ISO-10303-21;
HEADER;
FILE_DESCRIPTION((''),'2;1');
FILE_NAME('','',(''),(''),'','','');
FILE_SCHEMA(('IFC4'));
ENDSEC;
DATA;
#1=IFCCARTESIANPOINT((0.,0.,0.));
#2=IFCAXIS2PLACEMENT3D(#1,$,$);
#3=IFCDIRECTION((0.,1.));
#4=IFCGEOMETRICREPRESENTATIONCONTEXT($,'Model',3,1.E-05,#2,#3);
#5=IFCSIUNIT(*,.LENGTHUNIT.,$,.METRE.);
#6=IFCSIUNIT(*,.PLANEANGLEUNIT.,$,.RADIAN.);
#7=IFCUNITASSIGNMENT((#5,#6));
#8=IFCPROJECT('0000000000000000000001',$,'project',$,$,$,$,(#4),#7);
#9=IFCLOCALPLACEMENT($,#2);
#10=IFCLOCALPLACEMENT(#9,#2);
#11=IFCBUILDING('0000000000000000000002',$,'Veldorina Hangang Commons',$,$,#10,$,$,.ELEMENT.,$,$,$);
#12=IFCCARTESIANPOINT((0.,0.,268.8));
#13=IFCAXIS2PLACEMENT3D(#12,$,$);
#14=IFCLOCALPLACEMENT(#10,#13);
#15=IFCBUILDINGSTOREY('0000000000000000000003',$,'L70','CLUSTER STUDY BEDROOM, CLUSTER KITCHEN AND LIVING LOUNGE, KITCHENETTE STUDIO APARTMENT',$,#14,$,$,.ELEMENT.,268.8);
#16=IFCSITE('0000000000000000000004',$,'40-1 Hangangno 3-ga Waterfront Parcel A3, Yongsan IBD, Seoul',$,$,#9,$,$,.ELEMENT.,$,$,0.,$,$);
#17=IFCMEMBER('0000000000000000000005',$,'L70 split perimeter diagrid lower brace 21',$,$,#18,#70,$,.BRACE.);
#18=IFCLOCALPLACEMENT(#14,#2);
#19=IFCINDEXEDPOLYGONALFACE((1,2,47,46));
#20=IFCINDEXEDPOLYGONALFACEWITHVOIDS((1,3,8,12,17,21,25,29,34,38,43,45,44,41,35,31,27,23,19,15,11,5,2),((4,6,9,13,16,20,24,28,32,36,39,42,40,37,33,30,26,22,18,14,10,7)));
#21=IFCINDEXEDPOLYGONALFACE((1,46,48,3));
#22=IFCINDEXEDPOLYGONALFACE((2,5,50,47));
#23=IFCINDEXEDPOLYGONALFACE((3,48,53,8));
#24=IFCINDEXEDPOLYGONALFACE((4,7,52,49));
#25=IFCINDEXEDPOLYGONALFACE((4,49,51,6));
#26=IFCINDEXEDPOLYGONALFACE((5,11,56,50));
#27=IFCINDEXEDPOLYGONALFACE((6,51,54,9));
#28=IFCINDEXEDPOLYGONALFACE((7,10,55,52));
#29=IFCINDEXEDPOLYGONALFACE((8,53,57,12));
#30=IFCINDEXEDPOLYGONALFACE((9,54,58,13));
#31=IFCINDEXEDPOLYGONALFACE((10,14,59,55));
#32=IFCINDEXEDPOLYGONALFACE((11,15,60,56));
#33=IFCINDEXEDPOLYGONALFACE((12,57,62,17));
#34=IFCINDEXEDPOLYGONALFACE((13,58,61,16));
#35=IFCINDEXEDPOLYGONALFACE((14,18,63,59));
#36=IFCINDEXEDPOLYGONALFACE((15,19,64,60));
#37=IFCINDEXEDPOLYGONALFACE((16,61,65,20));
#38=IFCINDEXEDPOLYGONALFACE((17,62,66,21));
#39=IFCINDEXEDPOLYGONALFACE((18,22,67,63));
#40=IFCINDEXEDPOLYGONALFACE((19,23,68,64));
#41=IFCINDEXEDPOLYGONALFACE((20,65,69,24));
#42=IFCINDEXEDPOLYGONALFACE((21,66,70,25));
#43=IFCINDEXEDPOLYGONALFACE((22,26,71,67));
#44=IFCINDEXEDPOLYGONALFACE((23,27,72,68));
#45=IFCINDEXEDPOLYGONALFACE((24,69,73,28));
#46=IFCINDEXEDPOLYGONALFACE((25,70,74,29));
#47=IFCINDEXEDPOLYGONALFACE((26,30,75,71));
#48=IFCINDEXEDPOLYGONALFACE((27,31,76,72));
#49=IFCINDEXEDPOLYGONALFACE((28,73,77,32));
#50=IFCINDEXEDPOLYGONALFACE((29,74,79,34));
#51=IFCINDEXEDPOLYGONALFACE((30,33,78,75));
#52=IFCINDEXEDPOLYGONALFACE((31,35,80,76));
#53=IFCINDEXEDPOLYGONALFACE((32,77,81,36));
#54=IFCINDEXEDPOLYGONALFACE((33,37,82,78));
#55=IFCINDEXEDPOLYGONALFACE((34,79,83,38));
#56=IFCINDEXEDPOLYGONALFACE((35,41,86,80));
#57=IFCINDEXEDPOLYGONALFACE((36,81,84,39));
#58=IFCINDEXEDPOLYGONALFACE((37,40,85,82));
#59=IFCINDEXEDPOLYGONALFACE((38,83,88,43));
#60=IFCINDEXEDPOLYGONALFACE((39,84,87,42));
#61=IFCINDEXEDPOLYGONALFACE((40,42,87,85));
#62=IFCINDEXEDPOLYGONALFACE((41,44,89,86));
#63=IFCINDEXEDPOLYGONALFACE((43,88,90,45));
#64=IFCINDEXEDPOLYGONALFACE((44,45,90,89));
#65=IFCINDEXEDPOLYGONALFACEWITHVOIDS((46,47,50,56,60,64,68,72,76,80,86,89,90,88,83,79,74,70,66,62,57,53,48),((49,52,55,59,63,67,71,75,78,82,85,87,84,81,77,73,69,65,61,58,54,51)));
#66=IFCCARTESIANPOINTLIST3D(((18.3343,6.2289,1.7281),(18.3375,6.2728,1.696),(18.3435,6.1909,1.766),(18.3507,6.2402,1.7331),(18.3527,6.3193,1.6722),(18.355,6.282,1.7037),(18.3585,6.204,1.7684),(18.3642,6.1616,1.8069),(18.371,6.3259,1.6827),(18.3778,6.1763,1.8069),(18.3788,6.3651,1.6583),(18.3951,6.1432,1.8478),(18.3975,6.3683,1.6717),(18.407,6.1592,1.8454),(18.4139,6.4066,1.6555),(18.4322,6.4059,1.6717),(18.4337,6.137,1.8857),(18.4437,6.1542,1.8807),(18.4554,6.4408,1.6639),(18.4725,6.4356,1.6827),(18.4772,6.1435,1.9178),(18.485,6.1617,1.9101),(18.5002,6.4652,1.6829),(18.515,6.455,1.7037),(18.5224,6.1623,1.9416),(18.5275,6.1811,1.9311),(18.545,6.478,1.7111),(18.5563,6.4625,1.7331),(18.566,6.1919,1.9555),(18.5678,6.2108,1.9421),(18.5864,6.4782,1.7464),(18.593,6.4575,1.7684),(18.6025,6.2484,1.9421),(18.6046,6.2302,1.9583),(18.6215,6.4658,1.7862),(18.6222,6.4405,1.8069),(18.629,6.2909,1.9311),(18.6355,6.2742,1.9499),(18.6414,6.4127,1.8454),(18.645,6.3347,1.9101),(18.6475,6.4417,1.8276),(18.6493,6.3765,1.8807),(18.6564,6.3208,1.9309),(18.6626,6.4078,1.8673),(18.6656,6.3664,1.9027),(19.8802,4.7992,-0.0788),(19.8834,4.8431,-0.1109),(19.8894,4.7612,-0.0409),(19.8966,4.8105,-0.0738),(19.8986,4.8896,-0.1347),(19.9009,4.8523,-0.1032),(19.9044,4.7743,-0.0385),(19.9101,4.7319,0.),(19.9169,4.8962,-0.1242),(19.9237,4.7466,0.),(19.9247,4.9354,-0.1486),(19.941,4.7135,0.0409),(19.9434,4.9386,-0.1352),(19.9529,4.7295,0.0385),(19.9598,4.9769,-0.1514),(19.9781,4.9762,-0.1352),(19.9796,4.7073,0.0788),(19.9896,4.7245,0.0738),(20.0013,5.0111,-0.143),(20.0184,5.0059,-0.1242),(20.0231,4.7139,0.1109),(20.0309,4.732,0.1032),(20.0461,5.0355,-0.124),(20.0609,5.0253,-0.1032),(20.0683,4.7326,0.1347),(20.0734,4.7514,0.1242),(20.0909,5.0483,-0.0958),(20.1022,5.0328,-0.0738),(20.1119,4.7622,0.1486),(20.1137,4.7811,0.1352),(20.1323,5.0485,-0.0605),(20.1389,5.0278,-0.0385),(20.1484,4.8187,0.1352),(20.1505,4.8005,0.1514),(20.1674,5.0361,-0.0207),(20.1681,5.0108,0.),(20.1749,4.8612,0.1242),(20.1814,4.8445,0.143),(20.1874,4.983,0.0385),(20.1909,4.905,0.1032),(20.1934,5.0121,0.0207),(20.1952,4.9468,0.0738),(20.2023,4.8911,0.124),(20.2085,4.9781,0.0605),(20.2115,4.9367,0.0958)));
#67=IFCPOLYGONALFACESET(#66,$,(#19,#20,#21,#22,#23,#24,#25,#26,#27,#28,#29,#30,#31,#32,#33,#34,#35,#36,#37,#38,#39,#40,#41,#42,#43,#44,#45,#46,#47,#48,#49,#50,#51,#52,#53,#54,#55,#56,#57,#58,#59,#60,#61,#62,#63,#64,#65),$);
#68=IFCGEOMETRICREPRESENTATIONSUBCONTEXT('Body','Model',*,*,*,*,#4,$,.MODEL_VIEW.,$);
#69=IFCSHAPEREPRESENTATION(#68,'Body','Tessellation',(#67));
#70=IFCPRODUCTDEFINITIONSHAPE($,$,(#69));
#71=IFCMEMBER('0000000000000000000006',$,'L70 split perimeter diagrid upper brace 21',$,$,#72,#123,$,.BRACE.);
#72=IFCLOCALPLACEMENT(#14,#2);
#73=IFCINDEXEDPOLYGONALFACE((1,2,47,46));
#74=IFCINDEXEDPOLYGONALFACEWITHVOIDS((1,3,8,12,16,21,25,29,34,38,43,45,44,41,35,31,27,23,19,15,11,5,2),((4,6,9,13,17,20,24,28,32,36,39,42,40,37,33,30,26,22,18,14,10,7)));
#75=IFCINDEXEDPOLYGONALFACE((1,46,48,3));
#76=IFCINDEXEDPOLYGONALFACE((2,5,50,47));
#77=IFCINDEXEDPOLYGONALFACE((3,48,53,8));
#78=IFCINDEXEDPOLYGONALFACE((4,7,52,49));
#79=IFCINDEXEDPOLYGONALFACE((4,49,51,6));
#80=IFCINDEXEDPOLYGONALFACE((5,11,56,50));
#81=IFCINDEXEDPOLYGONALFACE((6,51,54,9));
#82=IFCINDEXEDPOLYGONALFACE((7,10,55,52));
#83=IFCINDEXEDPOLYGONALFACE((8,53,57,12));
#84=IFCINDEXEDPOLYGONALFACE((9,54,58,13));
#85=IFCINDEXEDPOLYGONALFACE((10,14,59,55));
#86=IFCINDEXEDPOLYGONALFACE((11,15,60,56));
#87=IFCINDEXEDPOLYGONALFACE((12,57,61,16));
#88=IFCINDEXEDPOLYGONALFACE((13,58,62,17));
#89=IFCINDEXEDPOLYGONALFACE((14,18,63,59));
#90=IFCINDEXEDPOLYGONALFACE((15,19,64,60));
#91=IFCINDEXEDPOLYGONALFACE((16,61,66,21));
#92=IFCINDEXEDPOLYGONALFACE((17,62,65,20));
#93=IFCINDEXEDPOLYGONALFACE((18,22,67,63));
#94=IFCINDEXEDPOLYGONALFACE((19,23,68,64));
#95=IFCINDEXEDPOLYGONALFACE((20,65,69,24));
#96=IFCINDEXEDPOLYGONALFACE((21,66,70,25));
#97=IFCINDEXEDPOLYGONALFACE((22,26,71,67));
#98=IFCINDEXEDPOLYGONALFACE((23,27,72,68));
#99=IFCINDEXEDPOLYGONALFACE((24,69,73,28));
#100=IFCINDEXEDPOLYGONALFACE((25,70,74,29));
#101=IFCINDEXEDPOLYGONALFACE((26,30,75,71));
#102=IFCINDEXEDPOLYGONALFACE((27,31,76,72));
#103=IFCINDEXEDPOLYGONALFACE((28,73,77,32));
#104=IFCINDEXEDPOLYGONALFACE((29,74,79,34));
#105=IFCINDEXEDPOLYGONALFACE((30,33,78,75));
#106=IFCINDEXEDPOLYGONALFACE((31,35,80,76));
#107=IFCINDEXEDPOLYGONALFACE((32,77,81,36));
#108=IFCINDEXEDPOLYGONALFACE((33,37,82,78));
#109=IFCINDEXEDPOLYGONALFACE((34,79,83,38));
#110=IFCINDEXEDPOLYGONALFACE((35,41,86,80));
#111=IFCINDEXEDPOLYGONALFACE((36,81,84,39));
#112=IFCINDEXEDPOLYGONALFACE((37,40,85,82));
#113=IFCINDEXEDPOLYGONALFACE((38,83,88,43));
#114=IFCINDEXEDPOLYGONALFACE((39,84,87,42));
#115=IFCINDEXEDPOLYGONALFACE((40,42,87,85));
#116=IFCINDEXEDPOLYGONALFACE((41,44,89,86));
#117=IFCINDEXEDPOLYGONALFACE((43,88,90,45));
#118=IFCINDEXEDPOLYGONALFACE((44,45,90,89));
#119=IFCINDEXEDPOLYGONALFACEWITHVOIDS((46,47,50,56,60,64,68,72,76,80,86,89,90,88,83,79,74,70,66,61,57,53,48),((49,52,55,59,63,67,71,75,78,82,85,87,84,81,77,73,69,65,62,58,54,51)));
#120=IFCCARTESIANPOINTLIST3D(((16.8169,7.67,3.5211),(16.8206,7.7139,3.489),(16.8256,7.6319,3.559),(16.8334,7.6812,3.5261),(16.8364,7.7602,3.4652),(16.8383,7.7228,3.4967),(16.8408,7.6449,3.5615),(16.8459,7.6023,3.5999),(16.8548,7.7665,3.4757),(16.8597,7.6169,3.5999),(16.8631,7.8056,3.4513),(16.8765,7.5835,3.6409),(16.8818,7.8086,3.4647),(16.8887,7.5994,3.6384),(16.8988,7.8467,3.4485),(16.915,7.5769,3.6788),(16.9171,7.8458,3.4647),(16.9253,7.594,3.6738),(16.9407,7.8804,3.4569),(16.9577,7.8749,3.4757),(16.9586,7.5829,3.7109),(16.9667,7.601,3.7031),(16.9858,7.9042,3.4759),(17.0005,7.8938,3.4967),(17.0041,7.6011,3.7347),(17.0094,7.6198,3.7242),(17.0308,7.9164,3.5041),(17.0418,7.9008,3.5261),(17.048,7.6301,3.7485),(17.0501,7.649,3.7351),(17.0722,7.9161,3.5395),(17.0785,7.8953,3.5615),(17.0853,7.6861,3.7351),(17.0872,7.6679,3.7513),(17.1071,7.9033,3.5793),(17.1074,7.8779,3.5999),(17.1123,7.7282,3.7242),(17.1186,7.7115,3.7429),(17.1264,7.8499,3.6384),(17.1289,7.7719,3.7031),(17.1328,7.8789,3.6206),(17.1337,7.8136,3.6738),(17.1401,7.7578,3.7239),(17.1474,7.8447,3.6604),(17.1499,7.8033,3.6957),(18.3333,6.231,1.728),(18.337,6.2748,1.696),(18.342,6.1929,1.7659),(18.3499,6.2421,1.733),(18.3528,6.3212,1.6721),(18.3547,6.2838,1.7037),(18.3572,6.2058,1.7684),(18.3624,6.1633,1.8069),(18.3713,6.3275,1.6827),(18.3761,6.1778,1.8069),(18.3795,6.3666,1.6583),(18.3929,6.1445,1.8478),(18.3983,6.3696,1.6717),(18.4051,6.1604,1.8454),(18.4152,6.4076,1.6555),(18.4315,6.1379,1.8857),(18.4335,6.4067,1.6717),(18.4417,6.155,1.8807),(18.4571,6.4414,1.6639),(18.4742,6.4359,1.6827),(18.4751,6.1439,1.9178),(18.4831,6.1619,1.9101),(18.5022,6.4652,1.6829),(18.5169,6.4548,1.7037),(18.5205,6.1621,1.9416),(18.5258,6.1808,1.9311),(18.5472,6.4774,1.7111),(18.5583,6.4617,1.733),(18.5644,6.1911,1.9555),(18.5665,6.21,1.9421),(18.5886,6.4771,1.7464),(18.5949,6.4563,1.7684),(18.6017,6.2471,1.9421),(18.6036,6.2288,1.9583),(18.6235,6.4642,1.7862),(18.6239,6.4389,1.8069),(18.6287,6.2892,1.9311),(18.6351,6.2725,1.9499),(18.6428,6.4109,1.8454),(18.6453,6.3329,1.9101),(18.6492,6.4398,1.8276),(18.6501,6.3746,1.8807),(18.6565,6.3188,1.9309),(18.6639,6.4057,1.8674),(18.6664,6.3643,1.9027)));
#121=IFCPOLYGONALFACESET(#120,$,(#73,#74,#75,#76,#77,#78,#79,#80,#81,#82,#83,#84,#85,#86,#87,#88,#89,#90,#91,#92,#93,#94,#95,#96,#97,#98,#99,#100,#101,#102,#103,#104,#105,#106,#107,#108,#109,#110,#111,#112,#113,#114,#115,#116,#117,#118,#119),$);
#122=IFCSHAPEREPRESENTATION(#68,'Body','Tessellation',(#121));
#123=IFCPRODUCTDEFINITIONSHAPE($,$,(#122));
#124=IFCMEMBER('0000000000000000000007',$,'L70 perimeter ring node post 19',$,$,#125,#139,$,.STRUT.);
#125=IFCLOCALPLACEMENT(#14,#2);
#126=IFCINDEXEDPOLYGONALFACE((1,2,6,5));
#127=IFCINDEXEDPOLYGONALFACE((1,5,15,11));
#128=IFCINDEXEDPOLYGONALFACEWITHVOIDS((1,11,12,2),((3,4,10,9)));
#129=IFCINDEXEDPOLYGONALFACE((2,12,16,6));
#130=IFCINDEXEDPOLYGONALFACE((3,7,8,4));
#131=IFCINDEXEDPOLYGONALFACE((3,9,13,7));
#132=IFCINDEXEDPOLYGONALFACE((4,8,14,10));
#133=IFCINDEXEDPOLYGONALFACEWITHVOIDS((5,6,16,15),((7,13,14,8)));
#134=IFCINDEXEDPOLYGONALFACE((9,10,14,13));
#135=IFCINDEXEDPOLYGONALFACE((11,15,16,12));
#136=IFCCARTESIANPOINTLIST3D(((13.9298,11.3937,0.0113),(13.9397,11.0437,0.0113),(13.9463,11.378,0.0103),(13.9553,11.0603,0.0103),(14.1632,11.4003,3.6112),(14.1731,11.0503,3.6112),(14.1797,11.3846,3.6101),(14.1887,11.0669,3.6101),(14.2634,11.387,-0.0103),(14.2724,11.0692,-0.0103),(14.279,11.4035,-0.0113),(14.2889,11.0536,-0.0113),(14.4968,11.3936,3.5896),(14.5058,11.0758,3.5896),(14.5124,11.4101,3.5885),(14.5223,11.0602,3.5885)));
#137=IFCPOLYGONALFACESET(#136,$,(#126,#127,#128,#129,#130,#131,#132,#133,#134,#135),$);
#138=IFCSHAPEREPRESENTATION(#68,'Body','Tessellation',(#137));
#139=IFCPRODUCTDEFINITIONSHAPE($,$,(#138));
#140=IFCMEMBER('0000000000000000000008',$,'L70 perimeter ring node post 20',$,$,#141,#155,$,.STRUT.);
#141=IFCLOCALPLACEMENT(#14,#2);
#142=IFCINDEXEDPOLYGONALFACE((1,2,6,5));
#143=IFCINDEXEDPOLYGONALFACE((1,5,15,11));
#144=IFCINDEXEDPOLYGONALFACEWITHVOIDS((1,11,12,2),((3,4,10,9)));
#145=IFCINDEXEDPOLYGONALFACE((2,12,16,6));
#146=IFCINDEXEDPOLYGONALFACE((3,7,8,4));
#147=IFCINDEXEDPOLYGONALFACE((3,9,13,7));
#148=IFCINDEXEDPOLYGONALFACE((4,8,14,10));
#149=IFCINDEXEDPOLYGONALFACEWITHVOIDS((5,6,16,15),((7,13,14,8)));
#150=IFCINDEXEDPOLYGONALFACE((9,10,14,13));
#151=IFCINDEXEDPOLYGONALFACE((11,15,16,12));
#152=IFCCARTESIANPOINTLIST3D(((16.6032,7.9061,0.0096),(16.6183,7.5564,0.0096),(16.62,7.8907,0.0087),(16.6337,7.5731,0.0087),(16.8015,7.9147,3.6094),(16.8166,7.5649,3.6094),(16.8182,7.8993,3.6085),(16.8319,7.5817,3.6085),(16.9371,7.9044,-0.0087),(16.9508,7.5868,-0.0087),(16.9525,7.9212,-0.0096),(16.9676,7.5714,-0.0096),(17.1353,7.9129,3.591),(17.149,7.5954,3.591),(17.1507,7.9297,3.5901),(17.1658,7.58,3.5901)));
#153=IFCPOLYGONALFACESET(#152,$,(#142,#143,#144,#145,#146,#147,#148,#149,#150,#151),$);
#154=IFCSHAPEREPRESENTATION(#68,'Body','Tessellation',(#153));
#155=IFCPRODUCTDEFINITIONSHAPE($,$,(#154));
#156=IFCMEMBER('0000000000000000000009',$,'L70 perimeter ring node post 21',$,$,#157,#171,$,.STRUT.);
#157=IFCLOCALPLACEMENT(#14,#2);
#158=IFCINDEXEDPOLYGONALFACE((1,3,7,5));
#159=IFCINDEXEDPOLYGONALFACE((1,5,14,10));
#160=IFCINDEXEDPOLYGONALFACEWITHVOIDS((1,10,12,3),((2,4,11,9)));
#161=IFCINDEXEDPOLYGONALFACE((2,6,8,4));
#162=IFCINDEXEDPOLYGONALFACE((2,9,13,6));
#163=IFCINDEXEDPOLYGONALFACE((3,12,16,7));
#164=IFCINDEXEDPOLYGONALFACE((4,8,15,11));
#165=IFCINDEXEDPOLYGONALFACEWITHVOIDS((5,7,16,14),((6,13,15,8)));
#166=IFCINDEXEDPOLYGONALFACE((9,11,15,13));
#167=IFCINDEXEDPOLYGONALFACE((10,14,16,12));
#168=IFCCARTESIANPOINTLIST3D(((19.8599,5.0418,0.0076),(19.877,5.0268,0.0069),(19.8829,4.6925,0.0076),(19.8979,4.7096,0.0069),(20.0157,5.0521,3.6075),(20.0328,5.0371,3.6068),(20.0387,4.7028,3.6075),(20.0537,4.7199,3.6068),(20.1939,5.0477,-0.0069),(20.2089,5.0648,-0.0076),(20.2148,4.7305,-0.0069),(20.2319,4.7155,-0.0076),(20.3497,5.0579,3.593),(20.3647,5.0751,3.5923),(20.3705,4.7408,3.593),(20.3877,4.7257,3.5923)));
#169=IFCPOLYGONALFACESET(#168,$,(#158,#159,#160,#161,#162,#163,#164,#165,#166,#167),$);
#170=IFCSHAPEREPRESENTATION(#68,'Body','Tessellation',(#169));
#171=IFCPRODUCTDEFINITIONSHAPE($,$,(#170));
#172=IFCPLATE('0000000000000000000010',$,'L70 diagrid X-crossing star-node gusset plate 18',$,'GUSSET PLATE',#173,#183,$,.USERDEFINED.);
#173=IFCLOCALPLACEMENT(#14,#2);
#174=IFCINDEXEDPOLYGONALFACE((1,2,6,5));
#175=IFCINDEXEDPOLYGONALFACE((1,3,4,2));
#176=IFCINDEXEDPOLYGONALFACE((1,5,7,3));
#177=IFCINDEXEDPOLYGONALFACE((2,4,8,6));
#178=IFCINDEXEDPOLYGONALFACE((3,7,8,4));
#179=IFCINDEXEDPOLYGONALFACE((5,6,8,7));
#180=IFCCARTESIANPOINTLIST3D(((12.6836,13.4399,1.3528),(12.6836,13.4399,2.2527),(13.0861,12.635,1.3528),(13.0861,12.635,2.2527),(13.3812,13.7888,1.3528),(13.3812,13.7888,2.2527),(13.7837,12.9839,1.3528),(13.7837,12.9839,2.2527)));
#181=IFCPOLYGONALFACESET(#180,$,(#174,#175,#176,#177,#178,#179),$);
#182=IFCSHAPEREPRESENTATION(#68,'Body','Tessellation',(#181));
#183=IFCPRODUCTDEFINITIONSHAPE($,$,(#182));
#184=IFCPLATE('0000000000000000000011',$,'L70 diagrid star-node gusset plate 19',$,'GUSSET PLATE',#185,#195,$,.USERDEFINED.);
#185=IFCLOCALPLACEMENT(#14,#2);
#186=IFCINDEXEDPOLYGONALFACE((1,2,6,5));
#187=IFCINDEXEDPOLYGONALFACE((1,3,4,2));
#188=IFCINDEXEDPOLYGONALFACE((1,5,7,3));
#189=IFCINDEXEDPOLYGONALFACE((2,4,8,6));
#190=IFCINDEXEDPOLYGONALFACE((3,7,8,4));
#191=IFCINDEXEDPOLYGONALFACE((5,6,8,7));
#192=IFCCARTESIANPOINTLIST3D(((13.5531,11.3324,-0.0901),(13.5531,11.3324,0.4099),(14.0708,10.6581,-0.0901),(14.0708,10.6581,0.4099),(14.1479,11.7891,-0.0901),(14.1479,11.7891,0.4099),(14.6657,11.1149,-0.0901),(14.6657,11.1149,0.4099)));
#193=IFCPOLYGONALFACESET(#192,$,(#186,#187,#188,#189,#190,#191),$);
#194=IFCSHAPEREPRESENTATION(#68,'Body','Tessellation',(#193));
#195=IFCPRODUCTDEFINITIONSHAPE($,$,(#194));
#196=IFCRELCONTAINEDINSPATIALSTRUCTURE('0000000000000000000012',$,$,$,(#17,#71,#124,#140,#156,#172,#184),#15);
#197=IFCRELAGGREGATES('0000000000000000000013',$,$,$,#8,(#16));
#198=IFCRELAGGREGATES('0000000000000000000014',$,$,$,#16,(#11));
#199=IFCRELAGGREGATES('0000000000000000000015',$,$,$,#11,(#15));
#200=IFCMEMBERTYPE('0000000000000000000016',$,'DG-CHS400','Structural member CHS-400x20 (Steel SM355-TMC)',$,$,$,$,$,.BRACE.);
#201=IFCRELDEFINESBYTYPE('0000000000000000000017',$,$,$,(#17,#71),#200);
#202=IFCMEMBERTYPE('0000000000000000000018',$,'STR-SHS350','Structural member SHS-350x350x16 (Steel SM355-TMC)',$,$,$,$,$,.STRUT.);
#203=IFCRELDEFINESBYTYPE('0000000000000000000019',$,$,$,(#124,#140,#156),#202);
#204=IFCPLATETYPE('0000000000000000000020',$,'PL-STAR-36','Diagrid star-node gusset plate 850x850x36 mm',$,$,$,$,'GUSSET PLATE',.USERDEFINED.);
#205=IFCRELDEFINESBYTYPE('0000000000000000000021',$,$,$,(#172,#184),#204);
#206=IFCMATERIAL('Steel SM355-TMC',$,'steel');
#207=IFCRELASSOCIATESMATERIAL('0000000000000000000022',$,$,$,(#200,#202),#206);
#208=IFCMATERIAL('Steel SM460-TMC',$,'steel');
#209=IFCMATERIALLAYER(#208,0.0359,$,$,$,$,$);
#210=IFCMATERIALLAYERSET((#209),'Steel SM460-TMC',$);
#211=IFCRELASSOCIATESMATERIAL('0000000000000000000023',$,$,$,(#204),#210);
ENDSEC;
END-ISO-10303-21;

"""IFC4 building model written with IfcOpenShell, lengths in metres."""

from ifc_helpers import new_model, si_unit, direction, frame, origin, origin_2d, place, context, subcontext, project, spatial, rectangle, hollow_rectangle, hollow_circle, extrude, material, layer, layer_set, material_profile, profile_set, type_object, element, save


model = new_model("IFC4")

# Units and contexts
model_context = context("Model", 3, precision=1e-05, world=origin(), true_north=direction((0.0, 1.0)))
body_context = subcontext(model_context, "Body", "Model", "MODEL_VIEW")
ifc_project = project(units=[si_unit("LENGTHUNIT", "METRE"), si_unit("PLANEANGLEUNIT", "RADIAN")], contexts=[model_context])

# Site, building, storey
site_placement = place(None, origin())
site = spatial("IfcSite", under=ifc_project, at=site_placement, Name="40-1 Hangangno 3-ga Waterfront Parcel A3, Yongsan IBD, Seoul", CompositionType="ELEMENT", RefElevation=0.0)
building_placement = place(site_placement, origin())
building = spatial("IfcBuilding", under=site, at=building_placement, Name="Veldorina Hangang Commons", CompositionType="ELEMENT")
storey_placement = place(building_placement, frame((0.0, 0.0, 268.8)))
storey = spatial("IfcBuildingStorey", under=building, at=storey_placement, Name="L70", Description="CLUSTER STUDY BEDROOM, CLUSTER KITCHEN AND LIVING LOUNGE, KITCHENETTE STUDIO APARTMENT", CompositionType="ELEMENT", Elevation=268.8)

# Shared definitions
ifc_material_1 = material(Name="Steel SM355-TMC", Category="steel")

# Members
ifc_material_profile_1 = material_profile(ifc_material_1, hollow_circle(Radius=0.2, WallThickness=0.02, at=origin_2d()), Name="CHS-400x20")
ifc_profile_set_1 = profile_set([ifc_material_profile_1], Name="Steel SM355-TMC")
member_type_1 = type_object("IfcMemberType", Name="DG-CHS400", Description="Structural member CHS-400x20 (Steel SM355-TMC)", PredefinedType="BRACE", material=ifc_profile_set_1)
member_1_placement = place(storey_placement, frame((20.0459, 4.8787, 0.0), z_axis=(-0.557152, 0.515269, 0.651214), x_axis=(-0.678973, -0.734163, 0.0)))
element("IfcMember", 1, at=member_1_placement, inside=storey, type_object=member_type_1, Name="L70 split perimeter diagrid lower brace 21", PredefinedType="BRACE", context=body_context, shape_type="SweptSolid", body=[
    extrude(hollow_circle(Radius=0.2, WallThickness=0.02, at=origin_2d()), origin(), (0.0, 0.0, 1.0), 2.7747),
])
member_2_placement = place(storey_placement, frame((18.5, 6.3083, 1.8069), z_axis=(-0.550595, 0.522494, 0.651034), x_axis=(-0.688353, -0.725375, 0.0)))
element("IfcMember", 2, at=member_2_placement, inside=storey, type_object=member_type_1, Name="L70 split perimeter diagrid upper brace 21", PredefinedType="BRACE", context=body_context, shape_type="SweptSolid", body=[
    extrude(hollow_circle(Radius=0.2, WallThickness=0.02, at=origin_2d()), origin(), (0.0, 0.0, 1.0), 2.7542),
])
ifc_material_profile_2 = material_profile(ifc_material_1, hollow_rectangle(XDim=0.3501, YDim=0.3501, WallThickness=0.0161, at=origin_2d()), Name="SHS-350x350x16")
ifc_profile_set_2 = profile_set([ifc_material_profile_2], Name="Steel SM355-TMC")
member_type_2 = type_object("IfcMemberType", Name="STR-SHS350", Description="Structural member SHS-350x350x16 (Steel SM355-TMC)", PredefinedType="STRUT", material=ifc_profile_set_2)
member_3_placement = place(storey_placement, frame((14.1094, 11.2236, 0.0), z_axis=(0.0647, 0.001827, 0.997903), x_axis=(-0.028231, 0.999601, 0.0)))
element("IfcMember", 3, at=member_3_placement, inside=storey, type_object=member_type_2, Name="L70 perimeter ring node post 19", PredefinedType="STRUT", context=body_context, shape_type="SweptSolid", body=[
    extrude(hollow_rectangle(XDim=0.3501, YDim=0.3501, WallThickness=0.0161, at=origin_2d()), origin(), (0.0, 0.0, 1.0), 3.6074),
])
member_4_placement = place(storey_placement, frame((16.7854, 7.7388, 0.0), z_axis=(0.054986, 0.00237, 0.998484), x_axis=(-0.043063, 0.999072, 0.0)))
element("IfcMember", 4, at=member_4_placement, inside=storey, type_object=member_type_2, Name="L70 perimeter ring node post 20", PredefinedType="STRUT", context=body_context, shape_type="SweptSolid", body=[
    extrude(hollow_rectangle(XDim=0.3501, YDim=0.3501, WallThickness=0.0161, at=origin_2d()), origin(), (0.0, 0.0, 1.0), 3.6052),
])
member_5_placement = place(storey_placement, frame((20.0459, 4.8787, 0.0), z_axis=(0.043228, 0.002846, 0.999061), x_axis=(-0.065689, 0.99784, 0.0)))
element("IfcMember", 5, at=member_5_placement, inside=storey, type_object=member_type_2, Name="L70 perimeter ring node post 21", PredefinedType="STRUT", context=body_context, shape_type="SweptSolid", body=[
    extrude(hollow_rectangle(XDim=0.3501, YDim=0.3501, WallThickness=0.0161, at=origin_2d()), origin(), (0.0, 0.0, 1.0), 3.6033),
])

# Plates
ifc_material_2 = material(Name="Steel SM460-TMC", Category="steel")
ifc_layer_1 = layer(ifc_material_2, 0.0359)
ifc_layer_set_1 = layer_set([ifc_layer_1], Name="Steel SM460-TMC")
plate_type = type_object("IfcPlateType", Name="PL-STAR-36", Description="Diagrid star-node gusset plate 850x850x36 mm", ElementType="GUSSET PLATE", PredefinedType="USERDEFINED", material=ifc_layer_set_1)
plate_1_placement = place(storey_placement, frame((13.2336, 13.2119, 1.3528), z_axis=(0.0, 0.0, 1.0), x_axis=(0.447291, -0.894389, 0.0)))
element("IfcPlate", 6, at=plate_1_placement, inside=storey, type_object=plate_type, Name="L70 diagrid X-crossing star-node gusset plate 18", ObjectType="GUSSET PLATE", PredefinedType="USERDEFINED", context=body_context, shape_type="SweptSolid", body=[
    extrude(rectangle(XDim=0.8999, YDim=0.78, at=origin_2d()), origin(), (0.0, 0.0, 1.0), 0.8999),
])
for number, where, z_axis, x_axis, name in (
    (7, (14.1094, 11.2236, -0.0901), (0.0, 0.0, 1.0), (0.609024, -0.793151, 0.0), "L70 diagrid star-node gusset plate 19"),
):
    element("IfcPlate", number, at=place(storey_placement, frame(where, z_axis=z_axis, x_axis=x_axis)), inside=storey, type_object=plate_type, Name=name, ObjectType="GUSSET PLATE", PredefinedType="USERDEFINED", context=body_context, shape_type="SweptSolid", body=[
        extrude(rectangle(XDim=0.8501, YDim=0.75, at=origin_2d()), origin(), (0.0, 0.0, 1.0), 0.5),
    ])

save(model, "model.ifc")
